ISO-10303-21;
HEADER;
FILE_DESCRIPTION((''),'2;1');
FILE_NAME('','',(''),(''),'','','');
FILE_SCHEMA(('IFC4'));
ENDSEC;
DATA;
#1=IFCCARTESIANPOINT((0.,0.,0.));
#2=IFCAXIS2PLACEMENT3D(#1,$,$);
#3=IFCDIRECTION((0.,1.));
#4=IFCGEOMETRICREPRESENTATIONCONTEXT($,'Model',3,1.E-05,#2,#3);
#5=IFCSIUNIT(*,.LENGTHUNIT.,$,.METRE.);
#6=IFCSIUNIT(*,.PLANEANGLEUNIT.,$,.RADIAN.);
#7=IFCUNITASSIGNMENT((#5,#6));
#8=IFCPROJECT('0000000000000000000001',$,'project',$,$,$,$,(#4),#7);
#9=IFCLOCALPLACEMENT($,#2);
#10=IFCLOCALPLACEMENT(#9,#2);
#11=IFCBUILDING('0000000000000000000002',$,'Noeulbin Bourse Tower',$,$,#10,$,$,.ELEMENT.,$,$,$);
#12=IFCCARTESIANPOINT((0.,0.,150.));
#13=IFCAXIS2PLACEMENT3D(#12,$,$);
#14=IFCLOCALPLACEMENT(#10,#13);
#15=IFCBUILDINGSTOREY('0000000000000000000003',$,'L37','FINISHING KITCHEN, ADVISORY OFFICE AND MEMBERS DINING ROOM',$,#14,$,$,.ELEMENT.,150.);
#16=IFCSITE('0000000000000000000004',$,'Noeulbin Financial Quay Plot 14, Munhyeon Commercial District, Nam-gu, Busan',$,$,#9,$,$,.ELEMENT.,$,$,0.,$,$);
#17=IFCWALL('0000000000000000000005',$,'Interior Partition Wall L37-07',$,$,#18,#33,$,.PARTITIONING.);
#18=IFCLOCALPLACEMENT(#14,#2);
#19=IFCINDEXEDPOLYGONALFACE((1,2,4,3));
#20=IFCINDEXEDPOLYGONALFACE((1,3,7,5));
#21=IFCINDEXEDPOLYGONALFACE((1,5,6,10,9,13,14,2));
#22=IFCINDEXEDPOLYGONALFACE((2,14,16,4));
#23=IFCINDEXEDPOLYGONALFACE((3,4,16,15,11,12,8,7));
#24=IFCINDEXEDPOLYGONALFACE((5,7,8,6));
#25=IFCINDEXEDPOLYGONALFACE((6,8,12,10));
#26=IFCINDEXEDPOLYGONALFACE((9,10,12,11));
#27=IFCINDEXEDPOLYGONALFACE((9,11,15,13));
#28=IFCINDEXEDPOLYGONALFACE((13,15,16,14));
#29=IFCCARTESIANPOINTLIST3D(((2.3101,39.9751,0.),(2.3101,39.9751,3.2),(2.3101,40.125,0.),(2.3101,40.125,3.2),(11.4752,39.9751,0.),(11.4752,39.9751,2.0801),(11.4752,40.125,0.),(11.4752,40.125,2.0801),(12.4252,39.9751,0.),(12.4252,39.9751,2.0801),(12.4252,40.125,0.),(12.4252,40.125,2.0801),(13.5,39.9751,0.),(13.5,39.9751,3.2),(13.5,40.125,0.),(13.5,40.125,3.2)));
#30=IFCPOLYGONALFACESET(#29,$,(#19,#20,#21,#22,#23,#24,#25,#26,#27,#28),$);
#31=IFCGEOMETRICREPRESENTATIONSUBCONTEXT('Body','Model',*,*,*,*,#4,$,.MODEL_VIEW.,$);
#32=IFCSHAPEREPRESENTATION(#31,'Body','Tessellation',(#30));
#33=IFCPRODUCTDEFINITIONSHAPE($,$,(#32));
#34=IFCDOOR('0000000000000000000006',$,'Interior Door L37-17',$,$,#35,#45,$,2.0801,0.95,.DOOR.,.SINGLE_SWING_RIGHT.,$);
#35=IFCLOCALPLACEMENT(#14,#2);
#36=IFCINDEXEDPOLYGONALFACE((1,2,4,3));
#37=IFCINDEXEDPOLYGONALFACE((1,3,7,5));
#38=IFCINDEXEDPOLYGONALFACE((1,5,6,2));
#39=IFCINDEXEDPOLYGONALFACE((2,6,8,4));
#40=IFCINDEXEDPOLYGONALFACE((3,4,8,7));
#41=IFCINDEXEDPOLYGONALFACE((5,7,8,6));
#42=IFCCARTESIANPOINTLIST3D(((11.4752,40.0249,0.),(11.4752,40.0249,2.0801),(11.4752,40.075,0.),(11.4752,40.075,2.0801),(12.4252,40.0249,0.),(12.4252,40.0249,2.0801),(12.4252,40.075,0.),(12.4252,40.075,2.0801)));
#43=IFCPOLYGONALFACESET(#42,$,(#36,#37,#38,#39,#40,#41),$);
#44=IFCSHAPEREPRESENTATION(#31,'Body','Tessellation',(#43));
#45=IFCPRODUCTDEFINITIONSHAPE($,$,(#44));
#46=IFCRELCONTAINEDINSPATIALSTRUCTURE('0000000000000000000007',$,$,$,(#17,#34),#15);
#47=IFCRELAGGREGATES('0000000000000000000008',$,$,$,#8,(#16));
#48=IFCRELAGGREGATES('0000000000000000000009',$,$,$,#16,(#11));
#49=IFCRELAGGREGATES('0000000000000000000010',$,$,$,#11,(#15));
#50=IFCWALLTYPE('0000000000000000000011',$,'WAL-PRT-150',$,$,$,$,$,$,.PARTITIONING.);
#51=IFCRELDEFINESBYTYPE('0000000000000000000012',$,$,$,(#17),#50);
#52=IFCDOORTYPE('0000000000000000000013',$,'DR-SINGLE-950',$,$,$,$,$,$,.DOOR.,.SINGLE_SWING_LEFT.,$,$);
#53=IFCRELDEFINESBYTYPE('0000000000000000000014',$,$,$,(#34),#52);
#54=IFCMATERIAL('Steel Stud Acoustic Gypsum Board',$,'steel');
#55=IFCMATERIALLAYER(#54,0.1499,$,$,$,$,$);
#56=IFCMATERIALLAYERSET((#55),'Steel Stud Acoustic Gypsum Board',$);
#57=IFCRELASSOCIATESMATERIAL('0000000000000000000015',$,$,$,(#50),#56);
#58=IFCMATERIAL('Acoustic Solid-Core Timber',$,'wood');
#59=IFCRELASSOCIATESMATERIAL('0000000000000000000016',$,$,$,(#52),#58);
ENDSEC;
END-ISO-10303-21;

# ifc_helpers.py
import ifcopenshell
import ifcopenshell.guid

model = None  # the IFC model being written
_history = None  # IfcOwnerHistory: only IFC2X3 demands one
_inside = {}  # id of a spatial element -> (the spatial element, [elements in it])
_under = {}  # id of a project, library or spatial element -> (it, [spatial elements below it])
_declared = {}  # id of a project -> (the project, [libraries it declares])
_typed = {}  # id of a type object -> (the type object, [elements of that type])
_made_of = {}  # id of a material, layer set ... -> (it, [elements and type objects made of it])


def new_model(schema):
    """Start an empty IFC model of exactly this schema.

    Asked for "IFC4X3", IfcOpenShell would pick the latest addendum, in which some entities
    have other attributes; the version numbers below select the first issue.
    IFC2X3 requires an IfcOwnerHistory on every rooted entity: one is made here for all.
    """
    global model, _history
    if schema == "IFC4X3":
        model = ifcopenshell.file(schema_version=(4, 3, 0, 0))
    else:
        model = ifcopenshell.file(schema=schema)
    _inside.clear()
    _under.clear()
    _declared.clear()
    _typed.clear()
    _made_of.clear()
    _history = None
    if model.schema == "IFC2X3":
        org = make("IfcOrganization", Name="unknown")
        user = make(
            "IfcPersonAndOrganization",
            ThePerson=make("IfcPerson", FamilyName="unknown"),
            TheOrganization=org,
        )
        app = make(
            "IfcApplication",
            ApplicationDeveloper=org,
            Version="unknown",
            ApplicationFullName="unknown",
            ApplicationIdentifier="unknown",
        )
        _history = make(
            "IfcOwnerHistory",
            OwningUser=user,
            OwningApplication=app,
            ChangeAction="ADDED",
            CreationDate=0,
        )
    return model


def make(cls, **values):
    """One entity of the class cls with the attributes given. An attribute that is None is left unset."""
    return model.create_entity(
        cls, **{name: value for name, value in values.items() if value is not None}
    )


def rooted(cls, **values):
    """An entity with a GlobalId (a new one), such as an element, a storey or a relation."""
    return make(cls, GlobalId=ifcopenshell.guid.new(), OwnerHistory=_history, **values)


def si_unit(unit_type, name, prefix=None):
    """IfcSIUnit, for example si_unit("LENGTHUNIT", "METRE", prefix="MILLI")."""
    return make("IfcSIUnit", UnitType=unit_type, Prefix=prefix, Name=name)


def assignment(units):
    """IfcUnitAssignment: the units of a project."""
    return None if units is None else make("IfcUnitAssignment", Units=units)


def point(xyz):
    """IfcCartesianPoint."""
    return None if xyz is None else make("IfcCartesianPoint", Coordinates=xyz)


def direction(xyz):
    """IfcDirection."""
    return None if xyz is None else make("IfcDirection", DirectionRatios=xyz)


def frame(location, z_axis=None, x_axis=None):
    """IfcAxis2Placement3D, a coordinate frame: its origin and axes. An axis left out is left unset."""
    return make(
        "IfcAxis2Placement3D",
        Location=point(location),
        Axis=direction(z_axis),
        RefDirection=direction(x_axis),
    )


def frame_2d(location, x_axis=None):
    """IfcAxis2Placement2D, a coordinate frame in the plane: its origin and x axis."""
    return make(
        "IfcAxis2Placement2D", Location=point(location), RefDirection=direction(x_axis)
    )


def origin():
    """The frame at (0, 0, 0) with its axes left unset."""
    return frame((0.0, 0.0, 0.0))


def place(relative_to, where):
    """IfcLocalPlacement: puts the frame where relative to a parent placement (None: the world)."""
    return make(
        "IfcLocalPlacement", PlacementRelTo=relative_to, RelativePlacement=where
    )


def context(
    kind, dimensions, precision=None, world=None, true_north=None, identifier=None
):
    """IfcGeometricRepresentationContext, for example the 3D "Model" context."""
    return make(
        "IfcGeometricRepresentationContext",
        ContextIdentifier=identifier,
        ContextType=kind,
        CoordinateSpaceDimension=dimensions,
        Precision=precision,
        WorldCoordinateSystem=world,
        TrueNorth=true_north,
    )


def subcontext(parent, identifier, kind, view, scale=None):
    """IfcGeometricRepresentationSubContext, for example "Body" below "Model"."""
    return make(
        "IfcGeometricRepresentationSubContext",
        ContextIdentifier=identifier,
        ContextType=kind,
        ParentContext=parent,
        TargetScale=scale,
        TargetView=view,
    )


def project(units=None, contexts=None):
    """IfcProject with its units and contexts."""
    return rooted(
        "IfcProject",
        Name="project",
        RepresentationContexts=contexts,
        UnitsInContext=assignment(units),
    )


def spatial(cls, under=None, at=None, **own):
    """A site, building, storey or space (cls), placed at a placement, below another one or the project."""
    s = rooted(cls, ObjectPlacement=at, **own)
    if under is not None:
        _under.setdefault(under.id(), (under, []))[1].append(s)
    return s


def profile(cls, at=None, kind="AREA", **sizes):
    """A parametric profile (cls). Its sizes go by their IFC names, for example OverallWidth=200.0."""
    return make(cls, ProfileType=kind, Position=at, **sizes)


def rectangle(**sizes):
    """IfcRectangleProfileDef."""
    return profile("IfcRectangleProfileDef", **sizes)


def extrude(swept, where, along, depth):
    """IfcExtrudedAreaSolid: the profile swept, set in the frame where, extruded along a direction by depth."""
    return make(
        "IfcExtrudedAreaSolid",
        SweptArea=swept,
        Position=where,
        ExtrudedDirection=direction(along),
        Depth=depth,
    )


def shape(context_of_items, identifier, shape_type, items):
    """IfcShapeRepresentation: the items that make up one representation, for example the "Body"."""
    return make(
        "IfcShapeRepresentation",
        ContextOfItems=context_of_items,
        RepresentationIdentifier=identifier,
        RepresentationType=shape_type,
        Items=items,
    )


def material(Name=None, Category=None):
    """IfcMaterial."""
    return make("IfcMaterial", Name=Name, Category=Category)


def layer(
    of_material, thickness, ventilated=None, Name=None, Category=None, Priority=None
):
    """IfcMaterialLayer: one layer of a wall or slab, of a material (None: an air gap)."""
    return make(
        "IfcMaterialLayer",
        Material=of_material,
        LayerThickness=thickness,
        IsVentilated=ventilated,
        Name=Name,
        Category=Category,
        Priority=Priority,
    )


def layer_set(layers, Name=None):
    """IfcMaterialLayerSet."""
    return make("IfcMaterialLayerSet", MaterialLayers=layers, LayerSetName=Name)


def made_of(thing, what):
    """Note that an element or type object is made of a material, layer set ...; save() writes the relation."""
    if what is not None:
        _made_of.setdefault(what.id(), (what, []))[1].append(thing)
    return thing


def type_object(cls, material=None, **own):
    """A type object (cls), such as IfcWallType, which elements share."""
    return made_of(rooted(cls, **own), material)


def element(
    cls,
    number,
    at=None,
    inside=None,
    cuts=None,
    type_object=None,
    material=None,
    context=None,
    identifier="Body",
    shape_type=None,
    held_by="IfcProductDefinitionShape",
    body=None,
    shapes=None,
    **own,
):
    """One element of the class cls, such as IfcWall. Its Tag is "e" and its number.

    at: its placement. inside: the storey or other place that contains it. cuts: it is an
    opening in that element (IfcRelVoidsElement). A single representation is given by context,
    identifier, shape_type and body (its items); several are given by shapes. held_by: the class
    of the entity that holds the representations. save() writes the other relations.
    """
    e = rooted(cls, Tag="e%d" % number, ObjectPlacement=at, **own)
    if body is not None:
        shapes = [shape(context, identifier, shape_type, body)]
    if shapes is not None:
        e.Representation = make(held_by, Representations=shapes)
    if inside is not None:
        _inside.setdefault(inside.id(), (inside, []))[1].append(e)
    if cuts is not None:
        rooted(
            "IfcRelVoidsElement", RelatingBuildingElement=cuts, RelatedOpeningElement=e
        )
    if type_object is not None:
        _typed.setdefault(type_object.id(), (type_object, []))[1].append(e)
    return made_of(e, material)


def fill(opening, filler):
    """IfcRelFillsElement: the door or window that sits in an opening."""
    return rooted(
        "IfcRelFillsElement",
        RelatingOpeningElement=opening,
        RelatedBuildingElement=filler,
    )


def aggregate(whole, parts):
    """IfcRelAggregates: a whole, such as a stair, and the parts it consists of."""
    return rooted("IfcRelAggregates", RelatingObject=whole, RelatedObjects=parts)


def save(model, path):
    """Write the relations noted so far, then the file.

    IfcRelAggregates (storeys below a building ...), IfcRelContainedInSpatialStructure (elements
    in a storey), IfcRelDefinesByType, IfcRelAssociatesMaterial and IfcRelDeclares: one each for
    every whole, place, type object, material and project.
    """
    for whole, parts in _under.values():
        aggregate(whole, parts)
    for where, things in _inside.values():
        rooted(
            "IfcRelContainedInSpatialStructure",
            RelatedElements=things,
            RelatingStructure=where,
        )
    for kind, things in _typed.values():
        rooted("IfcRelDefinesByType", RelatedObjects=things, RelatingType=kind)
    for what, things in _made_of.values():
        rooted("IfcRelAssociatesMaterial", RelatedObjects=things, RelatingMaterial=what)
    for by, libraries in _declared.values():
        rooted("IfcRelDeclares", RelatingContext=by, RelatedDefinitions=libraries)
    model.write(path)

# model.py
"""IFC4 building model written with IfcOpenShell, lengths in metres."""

from ifc_helpers import new_model, si_unit, direction, frame, frame_2d, origin, place, context, subcontext, project, spatial, rectangle, extrude, material, layer, layer_set, type_object, element, fill, save


model = new_model("IFC4")

# Units and contexts
model_context = context("Model", 3, precision=1e-05, world=origin(), true_north=direction((0.0, 1.0)))
body_context = subcontext(model_context, "Body", "Model", "MODEL_VIEW")
ifc_project = project(units=[si_unit("LENGTHUNIT", "METRE"), si_unit("PLANEANGLEUNIT", "RADIAN")], contexts=[model_context])

# Site, building, storey
site_placement = place(None, origin())
site = spatial("IfcSite", under=ifc_project, at=site_placement, Name="Noeulbin Financial Quay Plot 14, Munhyeon Commercial District, Nam-gu, Busan", CompositionType="ELEMENT", RefElevation=0.0)
building_placement = place(site_placement, origin())
building = spatial("IfcBuilding", under=site, at=building_placement, Name="Noeulbin Bourse Tower", CompositionType="ELEMENT")
storey_placement = place(building_placement, frame((0.0, 0.0, 150.0)))
storey = spatial("IfcBuildingStorey", under=building, at=storey_placement, Name="L37", Description="FINISHING KITCHEN, ADVISORY OFFICE AND MEMBERS DINING ROOM", CompositionType="ELEMENT", Elevation=150.0)

# Wall, opening, door
ifc_material_1 = material(Name="Steel Stud Acoustic Gypsum Board", Category="steel")
ifc_layer_1 = layer(ifc_material_1, 0.1499)
ifc_layer_set_1 = layer_set([ifc_layer_1], Name="Steel Stud Acoustic Gypsum Board")
wall_type_1 = type_object("IfcWallType", Name="WAL-PRT-150", PredefinedType="PARTITIONING", material=ifc_layer_set_1)
wall_1_placement = place(storey_placement, frame((2.3101, 40.05, 0.0), z_axis=(0.0, 0.0, 1.0), x_axis=(1.0, 0.0, 0.0)))
wall_1 = element("IfcWall", 1, at=wall_1_placement, inside=storey, type_object=wall_type_1, Name="Interior Partition Wall L37-07", PredefinedType="PARTITIONING", context=body_context, shape_type="SweptSolid", body=[
    extrude(rectangle(XDim=11.1899, YDim=0.1499, at=frame_2d((5.595, 0.0))), origin(), (0.0, 0.0, 1.0), 3.2),
])
opening_placement = place(wall_1_placement, frame((9.165, 0.0, 0.0)))
opening = element("IfcOpeningElement", 2, at=opening_placement, cuts=wall_1, PredefinedType="OPENING", context=body_context, shape_type="SweptSolid", body=[
    extrude(rectangle(XDim=0.95, YDim=2.0801, at=frame_2d((0.4751, 1.04))), frame((0.0, 0.085, 0.0), z_axis=(0.0, -1.0, 0.0), x_axis=(1.0, 0.0, 0.0)), (0.0, 0.0, 1.0), 0.1699),
])
ifc_material_2 = material(Name="Acoustic Solid-Core Timber", Category="wood")
door_type = type_object("IfcDoorType", Name="DR-SINGLE-950", OperationType="SINGLE_SWING_LEFT", PredefinedType="DOOR", material=ifc_material_2)
door_placement = place(opening_placement, origin())
door = element("IfcDoor", 3, at=door_placement, inside=storey, type_object=door_type, Name="Interior Door L37-17", OperationType="SINGLE_SWING_RIGHT", OverallHeight=2.0801, OverallWidth=0.95, PredefinedType="DOOR", context=body_context, shape_type="SweptSolid", body=[
    extrude(rectangle(XDim=0.95, YDim=2.0801, at=frame_2d((0.4751, 1.04))), frame((0.0, 0.0249, 0.0), z_axis=(0.0, -1.0, 0.0), x_axis=(1.0, 0.0, 0.0)), (0.0, 0.0, 1.0), 0.05),
])
fill(opening, door)

save(model, "model.ifc")
